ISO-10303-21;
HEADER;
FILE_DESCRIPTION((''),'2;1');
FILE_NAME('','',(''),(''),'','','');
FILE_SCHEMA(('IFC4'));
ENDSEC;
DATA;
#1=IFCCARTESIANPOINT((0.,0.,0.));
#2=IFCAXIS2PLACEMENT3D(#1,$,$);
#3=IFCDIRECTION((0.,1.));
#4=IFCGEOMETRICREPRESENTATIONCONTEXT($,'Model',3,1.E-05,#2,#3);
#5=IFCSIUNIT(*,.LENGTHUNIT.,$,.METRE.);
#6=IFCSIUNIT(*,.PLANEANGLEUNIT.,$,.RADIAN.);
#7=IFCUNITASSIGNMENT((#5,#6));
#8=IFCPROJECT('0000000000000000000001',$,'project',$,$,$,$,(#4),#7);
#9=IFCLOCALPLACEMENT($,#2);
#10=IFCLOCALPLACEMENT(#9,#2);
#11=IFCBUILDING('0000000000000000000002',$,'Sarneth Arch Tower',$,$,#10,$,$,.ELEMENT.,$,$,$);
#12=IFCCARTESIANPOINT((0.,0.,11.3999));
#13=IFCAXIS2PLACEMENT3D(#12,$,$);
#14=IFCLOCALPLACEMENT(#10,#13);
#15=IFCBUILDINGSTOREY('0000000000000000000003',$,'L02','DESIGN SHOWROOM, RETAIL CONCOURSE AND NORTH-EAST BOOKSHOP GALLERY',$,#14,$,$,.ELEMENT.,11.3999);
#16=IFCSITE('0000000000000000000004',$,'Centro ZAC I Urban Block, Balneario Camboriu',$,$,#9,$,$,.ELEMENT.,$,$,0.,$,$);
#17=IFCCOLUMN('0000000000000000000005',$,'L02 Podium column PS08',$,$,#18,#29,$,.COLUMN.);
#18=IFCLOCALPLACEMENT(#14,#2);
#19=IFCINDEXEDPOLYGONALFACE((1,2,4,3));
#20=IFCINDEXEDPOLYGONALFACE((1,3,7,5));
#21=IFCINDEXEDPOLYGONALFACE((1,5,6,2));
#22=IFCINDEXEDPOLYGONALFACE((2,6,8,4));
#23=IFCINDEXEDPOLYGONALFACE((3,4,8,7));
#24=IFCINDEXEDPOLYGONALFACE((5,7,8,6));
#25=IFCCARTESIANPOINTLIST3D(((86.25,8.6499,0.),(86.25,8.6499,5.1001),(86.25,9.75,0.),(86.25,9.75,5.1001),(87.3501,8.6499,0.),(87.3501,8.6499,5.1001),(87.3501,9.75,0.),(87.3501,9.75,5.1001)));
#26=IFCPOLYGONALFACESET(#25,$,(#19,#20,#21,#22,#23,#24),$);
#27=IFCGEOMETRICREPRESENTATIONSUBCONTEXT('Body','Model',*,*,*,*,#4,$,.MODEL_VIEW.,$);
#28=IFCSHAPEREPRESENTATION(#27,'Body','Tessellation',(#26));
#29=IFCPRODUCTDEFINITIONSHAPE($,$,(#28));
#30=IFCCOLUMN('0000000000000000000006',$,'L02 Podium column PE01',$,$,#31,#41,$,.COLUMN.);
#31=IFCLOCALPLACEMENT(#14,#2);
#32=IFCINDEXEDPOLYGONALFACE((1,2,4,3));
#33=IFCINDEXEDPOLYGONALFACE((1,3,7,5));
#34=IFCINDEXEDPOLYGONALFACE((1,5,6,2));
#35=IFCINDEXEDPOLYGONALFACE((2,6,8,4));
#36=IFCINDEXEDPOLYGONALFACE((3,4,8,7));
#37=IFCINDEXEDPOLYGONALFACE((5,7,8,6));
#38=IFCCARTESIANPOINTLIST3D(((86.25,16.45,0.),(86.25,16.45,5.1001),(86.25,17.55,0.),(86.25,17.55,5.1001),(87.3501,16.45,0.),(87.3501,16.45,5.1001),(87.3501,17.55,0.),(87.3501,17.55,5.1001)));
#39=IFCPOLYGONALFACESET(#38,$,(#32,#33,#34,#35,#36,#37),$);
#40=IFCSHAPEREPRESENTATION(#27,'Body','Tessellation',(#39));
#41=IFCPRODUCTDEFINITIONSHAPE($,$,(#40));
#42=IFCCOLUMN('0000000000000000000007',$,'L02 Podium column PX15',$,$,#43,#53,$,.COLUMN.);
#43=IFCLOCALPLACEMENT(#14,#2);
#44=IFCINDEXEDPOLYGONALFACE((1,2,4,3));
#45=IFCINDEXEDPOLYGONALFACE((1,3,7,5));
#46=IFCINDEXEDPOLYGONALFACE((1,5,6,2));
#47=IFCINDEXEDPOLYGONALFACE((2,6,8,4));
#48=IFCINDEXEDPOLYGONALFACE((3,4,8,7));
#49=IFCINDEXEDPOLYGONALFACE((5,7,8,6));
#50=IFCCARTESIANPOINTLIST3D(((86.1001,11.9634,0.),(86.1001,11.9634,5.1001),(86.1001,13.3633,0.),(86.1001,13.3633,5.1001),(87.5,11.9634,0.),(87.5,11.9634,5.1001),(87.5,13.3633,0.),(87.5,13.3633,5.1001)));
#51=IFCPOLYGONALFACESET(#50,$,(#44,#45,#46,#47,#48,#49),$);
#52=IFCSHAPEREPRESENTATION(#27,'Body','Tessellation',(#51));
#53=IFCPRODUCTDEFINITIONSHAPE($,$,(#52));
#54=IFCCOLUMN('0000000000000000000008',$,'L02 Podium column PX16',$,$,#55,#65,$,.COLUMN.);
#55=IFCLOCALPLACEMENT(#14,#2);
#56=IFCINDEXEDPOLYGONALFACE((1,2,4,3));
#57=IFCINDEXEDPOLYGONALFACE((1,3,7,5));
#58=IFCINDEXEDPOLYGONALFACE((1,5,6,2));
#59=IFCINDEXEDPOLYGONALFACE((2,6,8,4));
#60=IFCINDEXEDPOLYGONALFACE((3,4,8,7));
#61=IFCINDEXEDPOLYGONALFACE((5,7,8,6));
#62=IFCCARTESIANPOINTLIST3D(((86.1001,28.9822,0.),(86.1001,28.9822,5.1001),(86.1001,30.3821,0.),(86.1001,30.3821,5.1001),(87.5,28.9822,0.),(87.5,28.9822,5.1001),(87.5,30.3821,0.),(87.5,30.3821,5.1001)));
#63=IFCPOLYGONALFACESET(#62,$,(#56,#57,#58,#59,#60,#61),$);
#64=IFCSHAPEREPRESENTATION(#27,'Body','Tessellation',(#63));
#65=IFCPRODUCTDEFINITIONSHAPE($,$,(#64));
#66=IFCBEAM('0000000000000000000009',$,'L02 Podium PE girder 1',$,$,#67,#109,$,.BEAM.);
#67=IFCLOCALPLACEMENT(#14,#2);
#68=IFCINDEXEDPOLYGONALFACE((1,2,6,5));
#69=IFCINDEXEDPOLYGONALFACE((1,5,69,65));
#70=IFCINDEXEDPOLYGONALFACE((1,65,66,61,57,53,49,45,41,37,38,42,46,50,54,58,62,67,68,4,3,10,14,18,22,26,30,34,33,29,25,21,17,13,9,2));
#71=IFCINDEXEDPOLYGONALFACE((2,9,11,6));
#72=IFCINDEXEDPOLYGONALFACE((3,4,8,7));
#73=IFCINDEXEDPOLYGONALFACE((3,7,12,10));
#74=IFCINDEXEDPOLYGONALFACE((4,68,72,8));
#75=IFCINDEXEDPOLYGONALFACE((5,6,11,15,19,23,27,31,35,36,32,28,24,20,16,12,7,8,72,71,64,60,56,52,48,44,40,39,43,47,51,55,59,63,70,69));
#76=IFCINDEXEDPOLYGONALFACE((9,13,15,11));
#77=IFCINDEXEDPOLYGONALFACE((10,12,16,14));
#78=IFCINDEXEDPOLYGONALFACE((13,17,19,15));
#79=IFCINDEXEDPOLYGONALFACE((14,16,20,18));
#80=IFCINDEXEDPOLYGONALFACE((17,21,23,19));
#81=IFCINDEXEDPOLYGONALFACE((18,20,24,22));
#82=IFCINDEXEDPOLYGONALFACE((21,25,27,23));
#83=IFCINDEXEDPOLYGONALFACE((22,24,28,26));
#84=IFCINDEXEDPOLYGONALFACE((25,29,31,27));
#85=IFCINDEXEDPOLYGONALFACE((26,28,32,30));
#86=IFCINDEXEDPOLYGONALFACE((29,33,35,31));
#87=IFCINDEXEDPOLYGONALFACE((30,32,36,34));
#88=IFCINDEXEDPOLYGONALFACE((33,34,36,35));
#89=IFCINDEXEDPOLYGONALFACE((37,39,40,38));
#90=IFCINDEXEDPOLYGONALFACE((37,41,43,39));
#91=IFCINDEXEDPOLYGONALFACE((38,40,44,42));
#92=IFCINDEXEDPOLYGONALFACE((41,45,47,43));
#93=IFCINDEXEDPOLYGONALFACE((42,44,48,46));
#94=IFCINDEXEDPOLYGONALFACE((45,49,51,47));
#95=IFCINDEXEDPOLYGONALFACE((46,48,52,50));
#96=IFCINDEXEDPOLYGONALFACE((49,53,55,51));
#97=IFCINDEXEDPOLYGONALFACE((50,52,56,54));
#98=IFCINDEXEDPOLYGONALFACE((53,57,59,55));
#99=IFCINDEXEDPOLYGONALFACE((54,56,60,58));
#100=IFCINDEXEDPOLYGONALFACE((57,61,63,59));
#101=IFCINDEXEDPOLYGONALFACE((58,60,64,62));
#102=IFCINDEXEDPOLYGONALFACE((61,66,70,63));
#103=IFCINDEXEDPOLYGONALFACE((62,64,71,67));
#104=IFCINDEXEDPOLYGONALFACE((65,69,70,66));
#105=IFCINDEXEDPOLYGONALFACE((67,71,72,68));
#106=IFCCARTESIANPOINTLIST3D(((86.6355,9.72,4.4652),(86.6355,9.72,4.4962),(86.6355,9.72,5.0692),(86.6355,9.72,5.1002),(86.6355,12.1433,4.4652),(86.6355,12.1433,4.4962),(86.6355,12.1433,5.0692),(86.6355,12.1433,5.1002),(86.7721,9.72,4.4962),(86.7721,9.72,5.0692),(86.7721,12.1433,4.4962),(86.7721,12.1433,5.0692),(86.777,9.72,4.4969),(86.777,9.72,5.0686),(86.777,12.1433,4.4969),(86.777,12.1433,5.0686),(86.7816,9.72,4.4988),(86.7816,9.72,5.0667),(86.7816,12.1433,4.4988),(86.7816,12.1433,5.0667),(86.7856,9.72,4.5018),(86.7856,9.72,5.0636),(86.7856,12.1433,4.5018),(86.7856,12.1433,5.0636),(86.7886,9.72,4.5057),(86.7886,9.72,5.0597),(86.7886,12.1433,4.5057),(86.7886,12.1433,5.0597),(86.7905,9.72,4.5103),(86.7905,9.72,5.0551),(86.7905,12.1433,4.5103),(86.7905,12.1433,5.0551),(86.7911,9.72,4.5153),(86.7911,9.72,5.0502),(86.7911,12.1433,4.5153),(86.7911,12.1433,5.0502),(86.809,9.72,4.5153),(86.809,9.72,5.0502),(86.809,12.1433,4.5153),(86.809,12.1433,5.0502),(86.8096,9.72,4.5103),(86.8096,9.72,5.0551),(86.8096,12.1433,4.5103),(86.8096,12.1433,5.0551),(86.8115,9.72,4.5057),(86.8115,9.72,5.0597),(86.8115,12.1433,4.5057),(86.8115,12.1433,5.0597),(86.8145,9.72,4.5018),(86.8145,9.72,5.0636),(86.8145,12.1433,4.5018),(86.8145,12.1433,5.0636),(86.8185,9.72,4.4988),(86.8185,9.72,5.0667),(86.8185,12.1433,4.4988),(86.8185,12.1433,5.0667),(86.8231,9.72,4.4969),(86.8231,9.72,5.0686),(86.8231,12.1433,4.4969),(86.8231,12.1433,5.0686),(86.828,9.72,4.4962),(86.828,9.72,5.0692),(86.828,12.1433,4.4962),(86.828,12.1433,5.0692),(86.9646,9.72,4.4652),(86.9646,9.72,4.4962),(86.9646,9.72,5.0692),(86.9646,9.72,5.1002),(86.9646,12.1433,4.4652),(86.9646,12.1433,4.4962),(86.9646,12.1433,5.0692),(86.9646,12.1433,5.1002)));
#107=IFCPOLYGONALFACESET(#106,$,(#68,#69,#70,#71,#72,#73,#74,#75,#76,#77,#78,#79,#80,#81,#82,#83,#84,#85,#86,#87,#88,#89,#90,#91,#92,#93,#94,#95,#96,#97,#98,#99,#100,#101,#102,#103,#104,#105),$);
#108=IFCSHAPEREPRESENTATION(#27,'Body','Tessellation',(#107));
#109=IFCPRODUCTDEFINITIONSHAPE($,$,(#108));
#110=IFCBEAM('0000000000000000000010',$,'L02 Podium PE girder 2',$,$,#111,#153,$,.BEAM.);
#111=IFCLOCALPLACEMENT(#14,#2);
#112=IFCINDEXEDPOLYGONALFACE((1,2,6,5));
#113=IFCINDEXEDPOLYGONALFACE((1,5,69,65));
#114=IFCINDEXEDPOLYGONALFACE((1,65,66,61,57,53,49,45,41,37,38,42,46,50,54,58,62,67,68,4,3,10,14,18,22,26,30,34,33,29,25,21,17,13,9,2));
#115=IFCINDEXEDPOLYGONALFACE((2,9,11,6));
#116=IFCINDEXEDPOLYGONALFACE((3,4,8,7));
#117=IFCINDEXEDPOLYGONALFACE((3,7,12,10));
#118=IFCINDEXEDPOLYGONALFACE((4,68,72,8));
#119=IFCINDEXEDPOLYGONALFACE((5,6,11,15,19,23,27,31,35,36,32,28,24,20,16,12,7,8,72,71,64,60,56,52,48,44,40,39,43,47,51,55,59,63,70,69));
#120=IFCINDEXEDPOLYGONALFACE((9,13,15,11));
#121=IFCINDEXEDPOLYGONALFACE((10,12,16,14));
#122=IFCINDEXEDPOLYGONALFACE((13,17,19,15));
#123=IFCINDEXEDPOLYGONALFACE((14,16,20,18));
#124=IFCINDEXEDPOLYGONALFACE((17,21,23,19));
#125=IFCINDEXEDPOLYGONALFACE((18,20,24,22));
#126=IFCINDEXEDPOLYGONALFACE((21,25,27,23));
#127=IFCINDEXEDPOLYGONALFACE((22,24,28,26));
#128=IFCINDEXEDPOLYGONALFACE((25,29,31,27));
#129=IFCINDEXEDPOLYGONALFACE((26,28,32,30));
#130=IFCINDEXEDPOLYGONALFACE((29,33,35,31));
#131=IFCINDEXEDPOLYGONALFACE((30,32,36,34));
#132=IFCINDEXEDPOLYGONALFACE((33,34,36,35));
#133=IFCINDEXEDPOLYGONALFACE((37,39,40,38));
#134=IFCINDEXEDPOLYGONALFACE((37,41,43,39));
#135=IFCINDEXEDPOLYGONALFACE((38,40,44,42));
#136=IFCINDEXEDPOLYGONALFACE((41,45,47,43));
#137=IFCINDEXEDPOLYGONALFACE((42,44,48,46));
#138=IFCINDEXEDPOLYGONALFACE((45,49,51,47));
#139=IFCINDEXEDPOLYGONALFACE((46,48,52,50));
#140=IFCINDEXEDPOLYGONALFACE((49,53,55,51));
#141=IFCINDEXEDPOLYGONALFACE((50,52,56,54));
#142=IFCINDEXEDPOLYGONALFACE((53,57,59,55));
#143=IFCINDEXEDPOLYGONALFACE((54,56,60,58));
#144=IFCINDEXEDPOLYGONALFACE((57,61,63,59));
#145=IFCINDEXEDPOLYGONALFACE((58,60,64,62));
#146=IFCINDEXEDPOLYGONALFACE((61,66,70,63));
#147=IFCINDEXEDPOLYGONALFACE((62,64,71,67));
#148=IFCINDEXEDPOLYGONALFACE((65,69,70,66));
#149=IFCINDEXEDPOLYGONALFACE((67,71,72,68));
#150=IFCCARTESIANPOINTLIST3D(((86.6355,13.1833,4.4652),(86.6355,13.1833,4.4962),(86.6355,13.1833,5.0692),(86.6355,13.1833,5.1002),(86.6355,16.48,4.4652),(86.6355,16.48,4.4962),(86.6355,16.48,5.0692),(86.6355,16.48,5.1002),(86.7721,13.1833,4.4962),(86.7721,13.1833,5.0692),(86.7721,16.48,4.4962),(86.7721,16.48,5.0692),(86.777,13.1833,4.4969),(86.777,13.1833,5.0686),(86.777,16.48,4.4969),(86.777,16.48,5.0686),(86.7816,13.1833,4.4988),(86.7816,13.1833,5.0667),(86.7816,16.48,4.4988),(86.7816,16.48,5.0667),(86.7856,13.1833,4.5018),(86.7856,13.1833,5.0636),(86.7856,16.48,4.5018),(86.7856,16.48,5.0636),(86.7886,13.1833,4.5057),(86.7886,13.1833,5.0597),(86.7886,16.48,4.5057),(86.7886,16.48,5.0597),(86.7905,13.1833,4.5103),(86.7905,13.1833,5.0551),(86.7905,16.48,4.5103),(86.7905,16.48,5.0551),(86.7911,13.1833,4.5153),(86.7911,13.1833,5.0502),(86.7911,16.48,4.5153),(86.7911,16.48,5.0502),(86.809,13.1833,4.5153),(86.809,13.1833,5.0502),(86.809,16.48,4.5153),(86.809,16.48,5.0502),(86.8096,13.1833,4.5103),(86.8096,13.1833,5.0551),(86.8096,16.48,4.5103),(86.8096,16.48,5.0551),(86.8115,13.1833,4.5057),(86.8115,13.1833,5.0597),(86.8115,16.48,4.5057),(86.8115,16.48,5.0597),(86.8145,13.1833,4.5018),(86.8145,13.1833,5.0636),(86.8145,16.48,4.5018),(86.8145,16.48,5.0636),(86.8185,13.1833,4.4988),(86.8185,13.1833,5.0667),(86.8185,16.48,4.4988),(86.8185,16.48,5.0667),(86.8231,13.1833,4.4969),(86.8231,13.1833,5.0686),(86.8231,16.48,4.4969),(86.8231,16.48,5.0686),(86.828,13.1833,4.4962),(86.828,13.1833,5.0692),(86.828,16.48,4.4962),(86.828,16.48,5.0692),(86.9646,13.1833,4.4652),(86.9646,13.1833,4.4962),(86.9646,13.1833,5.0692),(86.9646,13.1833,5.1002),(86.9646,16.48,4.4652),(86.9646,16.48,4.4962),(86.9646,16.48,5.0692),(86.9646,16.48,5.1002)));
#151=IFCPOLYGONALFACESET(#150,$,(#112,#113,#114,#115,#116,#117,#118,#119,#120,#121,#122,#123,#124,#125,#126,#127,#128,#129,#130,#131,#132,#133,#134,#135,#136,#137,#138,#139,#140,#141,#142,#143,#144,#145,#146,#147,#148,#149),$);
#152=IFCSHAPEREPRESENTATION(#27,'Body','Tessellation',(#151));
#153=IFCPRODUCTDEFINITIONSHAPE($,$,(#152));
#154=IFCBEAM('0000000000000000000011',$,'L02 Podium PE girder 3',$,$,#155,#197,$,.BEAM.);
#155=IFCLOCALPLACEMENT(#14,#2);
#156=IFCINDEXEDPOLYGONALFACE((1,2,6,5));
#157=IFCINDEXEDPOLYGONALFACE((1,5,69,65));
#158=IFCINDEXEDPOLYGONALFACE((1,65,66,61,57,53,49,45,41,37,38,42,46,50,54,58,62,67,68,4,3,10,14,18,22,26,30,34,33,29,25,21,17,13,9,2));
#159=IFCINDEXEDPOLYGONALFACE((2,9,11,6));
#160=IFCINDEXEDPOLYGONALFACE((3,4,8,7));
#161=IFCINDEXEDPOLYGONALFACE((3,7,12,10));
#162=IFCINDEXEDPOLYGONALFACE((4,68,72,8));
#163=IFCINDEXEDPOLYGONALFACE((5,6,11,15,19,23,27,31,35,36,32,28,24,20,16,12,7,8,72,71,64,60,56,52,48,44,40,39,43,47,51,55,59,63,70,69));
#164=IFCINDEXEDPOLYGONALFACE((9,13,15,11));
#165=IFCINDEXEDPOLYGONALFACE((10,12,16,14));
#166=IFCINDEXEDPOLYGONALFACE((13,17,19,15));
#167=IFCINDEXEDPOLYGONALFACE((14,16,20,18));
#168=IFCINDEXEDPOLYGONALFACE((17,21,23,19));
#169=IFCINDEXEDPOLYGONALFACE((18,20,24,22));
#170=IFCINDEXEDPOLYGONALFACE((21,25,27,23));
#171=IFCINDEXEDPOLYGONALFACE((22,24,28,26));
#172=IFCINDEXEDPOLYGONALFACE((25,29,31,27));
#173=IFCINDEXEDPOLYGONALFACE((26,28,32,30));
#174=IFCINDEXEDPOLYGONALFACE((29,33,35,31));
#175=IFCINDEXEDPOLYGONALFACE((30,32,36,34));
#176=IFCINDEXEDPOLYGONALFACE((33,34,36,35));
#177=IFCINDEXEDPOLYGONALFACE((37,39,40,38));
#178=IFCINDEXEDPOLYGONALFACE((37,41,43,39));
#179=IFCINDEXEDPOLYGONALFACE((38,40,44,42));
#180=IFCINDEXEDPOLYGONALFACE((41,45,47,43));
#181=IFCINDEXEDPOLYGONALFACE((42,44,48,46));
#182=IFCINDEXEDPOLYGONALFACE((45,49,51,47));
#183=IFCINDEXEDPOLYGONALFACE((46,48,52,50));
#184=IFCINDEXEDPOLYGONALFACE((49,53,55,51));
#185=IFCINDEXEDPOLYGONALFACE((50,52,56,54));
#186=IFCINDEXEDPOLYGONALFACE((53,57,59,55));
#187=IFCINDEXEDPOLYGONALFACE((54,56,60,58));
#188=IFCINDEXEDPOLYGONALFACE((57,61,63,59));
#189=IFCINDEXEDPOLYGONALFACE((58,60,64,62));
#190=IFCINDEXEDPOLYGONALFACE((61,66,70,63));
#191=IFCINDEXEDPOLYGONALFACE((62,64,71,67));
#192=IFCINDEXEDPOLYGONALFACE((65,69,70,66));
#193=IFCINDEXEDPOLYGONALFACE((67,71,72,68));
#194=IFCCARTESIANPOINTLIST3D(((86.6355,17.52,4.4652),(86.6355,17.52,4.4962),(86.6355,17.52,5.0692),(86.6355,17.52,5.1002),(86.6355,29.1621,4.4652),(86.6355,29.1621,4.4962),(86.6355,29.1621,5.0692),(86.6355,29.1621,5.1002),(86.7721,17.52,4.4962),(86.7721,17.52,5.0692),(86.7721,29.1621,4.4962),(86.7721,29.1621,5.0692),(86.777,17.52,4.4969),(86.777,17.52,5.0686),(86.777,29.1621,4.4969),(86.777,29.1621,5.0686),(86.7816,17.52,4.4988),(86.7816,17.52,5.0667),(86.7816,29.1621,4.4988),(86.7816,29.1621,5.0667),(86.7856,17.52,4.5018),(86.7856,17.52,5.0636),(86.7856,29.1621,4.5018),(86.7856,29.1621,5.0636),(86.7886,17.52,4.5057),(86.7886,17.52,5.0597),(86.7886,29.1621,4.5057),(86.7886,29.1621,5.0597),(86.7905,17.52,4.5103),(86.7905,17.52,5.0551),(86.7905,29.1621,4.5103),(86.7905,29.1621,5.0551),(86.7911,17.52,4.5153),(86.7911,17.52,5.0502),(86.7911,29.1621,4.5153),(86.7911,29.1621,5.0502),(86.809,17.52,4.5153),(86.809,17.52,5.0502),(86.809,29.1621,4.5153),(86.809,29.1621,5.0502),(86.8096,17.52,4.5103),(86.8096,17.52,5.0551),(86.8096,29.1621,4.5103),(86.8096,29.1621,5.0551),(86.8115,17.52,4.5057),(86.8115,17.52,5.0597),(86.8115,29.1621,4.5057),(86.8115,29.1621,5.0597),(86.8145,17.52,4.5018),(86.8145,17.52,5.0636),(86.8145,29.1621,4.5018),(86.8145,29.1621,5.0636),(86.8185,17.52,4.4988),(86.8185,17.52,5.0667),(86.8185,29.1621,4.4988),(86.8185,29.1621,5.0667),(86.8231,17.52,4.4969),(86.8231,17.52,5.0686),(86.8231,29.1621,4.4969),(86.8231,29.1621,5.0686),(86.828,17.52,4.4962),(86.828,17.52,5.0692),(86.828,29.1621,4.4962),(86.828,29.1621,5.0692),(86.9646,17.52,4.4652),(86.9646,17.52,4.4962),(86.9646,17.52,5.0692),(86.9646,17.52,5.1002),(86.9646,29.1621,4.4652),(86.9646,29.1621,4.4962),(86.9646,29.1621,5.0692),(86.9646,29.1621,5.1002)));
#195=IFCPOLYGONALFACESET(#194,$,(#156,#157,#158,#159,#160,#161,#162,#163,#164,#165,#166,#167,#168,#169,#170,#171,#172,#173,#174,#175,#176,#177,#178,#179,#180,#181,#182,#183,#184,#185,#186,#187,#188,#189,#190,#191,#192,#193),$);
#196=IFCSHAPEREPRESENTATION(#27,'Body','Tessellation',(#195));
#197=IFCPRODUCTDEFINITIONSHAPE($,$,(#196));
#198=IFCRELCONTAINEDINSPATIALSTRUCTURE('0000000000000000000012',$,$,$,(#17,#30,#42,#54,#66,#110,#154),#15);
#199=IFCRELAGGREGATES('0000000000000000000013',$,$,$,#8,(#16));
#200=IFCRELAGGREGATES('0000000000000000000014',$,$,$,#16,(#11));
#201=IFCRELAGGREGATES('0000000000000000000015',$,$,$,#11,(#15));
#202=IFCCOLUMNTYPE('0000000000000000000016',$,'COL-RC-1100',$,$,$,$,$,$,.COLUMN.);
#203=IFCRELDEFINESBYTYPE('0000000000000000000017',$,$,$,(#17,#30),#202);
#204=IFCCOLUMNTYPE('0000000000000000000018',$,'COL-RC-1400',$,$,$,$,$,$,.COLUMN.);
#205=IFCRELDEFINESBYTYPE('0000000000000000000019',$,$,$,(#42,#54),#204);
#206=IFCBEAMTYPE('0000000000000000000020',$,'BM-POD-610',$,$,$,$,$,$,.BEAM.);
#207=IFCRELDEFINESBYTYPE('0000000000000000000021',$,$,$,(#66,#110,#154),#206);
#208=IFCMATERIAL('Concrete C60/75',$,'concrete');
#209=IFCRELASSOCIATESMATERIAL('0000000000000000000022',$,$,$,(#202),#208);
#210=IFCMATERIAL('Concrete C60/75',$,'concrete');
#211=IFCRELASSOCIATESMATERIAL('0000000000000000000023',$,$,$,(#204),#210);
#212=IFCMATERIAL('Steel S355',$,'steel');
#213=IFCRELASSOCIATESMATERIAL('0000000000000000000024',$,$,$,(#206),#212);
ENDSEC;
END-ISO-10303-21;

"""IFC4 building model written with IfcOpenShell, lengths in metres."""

from ifc_helpers import new_model, si_unit, direction, frame, origin, origin_2d, place, context, subcontext, project, spatial, rectangle, i_section, extrude, material, material_profile, profile_set, type_object, element, save


model = new_model("IFC4")

# Units and contexts
model_context = context("Model", 3, precision=1e-05, world=origin(), true_north=direction((0.0, 1.0)))
body_context = subcontext(model_context, "Body", "Model", "MODEL_VIEW")
ifc_project = project(units=[si_unit("LENGTHUNIT", "METRE"), si_unit("PLANEANGLEUNIT", "RADIAN")], contexts=[model_context])

# Site, building, storey
site_placement = place(None, origin())
site = spatial("IfcSite", under=ifc_project, at=site_placement, Name="Centro ZAC I Urban Block, Balneario Camboriu", CompositionType="ELEMENT", RefElevation=0.0)
building_placement = place(site_placement, origin())
building = spatial("IfcBuilding", under=site, at=building_placement, Name="Sarneth Arch Tower", CompositionType="ELEMENT")
storey_placement = place(building_placement, frame((0.0, 0.0, 11.3999)))
storey = spatial("IfcBuildingStorey", under=building, at=storey_placement, Name="L02", Description="DESIGN SHOWROOM, RETAIL CONCOURSE AND NORTH-EAST BOOKSHOP GALLERY", CompositionType="ELEMENT", Elevation=11.3999)

# Columns
ifc_material_1 = material(Name="Concrete C60/75", Category="concrete")
ifc_material_profile_1 = material_profile(ifc_material_1, rectangle(XDim=1.1001, YDim=1.1001, at=origin_2d()), Name="RC-1100x1100")
ifc_profile_set_1 = profile_set([ifc_material_profile_1], Name="Concrete C60/75")
column_type_1 = type_object("IfcColumnType", Name="COL-RC-1100", PredefinedType="COLUMN", material=ifc_profile_set_1)
for number, where, z_axis, x_axis, name in (
    (1, (86.8, 9.2, 0.0), (0.0, 0.0, 1.0), (1.0, 0.0, 0.0), "L02 Podium column PS08"),
    (2, (86.8, 17.0, 0.0), (0.0, 0.0, 1.0), (1.0, 0.0, 0.0), "L02 Podium column PE01"),
):
    element("IfcColumn", number, at=place(storey_placement, frame(where, z_axis=z_axis, x_axis=x_axis)), inside=storey, type_object=column_type_1, Name=name, PredefinedType="COLUMN", context=body_context, shape_type="SweptSolid", body=[
        extrude(rectangle(XDim=1.1001, YDim=1.1001, at=origin_2d()), origin(), (0.0, 0.0, 1.0), 5.1001),
    ])
ifc_material_2 = material(Name="Concrete C60/75", Category="concrete")
ifc_material_profile_2 = material_profile(ifc_material_2, rectangle(XDim=1.3999, YDim=1.3999, at=origin_2d()), Name="RC-1400x1400")
ifc_profile_set_2 = profile_set([ifc_material_profile_2], Name="Concrete C60/75")
column_type_2 = type_object("IfcColumnType", Name="COL-RC-1400", PredefinedType="COLUMN", material=ifc_profile_set_2)
for number, where, z_axis, x_axis, name in (
    (3, (86.8, 12.6633, 0.0), (0.0, 0.0, 1.0), (1.0, 0.0, 0.0), "L02 Podium column PX15"),
    (4, (86.8, 29.6821, 0.0), (0.0, 0.0, 1.0), (1.0, 0.0, 0.0), "L02 Podium column PX16"),
):
    element("IfcColumn", number, at=place(storey_placement, frame(where, z_axis=z_axis, x_axis=x_axis)), inside=storey, type_object=column_type_2, Name=name, PredefinedType="COLUMN", context=body_context, shape_type="SweptSolid", body=[
        extrude(rectangle(XDim=1.3999, YDim=1.3999, at=origin_2d()), origin(), (0.0, 0.0, 1.0), 5.1001),
    ])

# Beams
ifc_material_3 = material(Name="Steel S355", Category="steel")
ifc_material_profile_3 = material_profile(ifc_material_3, i_section(OverallWidth=0.3291, OverallDepth=0.635, WebThickness=0.0178, FlangeThickness=0.031, FilletRadius=0.019, at=origin_2d()), Name="W610x241")
ifc_profile_set_3 = profile_set([ifc_material_profile_3], Name="Steel S355")
beam_type = type_object("IfcBeamType", Name="BM-POD-610", PredefinedType="BEAM", material=ifc_profile_set_3)
beam_1_placement = place(storey_placement, frame((86.8, 9.72, 4.7827), z_axis=(0.0, 1.0, 0.0), x_axis=(-1.0, 0.0, 0.0)))
element("IfcBeam", 5, at=beam_1_placement, inside=storey, type_object=beam_type, Name="L02 Podium PE girder 1", PredefinedType="BEAM", context=body_context, shape_type="SweptSolid", body=[
    extrude(i_section(OverallWidth=0.3291, OverallDepth=0.635, WebThickness=0.0178, FlangeThickness=0.031, FilletRadius=0.019, at=origin_2d()), origin(), (0.0, 0.0, 1.0), 2.4233),
])
beam_2_placement = place(storey_placement, frame((86.8, 13.1833, 4.7827), z_axis=(0.0, 1.0, 0.0), x_axis=(-1.0, 0.0, 0.0)))
element("IfcBeam", 6, at=beam_2_placement, inside=storey, type_object=beam_type, Name="L02 Podium PE girder 2", PredefinedType="BEAM", context=body_context, shape_type="SweptSolid", body=[
    extrude(i_section(OverallWidth=0.3291, OverallDepth=0.635, WebThickness=0.0178, FlangeThickness=0.031, FilletRadius=0.019, at=origin_2d()), origin(), (0.0, 0.0, 1.0), 3.2966),
])
beam_3_placement = place(storey_placement, frame((86.8, 17.52, 4.7827), z_axis=(0.0, 1.0, 0.0), x_axis=(-1.0, 0.0, 0.0)))
element("IfcBeam", 7, at=beam_3_placement, inside=storey, type_object=beam_type, Name="L02 Podium PE girder 3", PredefinedType="BEAM", context=body_context, shape_type="SweptSolid", body=[
    extrude(i_section(OverallWidth=0.3291, OverallDepth=0.635, WebThickness=0.0178, FlangeThickness=0.031, FilletRadius=0.019, at=origin_2d()), origin(), (0.0, 0.0, 1.0), 11.6421),
])

save(model, "model.ifc")
